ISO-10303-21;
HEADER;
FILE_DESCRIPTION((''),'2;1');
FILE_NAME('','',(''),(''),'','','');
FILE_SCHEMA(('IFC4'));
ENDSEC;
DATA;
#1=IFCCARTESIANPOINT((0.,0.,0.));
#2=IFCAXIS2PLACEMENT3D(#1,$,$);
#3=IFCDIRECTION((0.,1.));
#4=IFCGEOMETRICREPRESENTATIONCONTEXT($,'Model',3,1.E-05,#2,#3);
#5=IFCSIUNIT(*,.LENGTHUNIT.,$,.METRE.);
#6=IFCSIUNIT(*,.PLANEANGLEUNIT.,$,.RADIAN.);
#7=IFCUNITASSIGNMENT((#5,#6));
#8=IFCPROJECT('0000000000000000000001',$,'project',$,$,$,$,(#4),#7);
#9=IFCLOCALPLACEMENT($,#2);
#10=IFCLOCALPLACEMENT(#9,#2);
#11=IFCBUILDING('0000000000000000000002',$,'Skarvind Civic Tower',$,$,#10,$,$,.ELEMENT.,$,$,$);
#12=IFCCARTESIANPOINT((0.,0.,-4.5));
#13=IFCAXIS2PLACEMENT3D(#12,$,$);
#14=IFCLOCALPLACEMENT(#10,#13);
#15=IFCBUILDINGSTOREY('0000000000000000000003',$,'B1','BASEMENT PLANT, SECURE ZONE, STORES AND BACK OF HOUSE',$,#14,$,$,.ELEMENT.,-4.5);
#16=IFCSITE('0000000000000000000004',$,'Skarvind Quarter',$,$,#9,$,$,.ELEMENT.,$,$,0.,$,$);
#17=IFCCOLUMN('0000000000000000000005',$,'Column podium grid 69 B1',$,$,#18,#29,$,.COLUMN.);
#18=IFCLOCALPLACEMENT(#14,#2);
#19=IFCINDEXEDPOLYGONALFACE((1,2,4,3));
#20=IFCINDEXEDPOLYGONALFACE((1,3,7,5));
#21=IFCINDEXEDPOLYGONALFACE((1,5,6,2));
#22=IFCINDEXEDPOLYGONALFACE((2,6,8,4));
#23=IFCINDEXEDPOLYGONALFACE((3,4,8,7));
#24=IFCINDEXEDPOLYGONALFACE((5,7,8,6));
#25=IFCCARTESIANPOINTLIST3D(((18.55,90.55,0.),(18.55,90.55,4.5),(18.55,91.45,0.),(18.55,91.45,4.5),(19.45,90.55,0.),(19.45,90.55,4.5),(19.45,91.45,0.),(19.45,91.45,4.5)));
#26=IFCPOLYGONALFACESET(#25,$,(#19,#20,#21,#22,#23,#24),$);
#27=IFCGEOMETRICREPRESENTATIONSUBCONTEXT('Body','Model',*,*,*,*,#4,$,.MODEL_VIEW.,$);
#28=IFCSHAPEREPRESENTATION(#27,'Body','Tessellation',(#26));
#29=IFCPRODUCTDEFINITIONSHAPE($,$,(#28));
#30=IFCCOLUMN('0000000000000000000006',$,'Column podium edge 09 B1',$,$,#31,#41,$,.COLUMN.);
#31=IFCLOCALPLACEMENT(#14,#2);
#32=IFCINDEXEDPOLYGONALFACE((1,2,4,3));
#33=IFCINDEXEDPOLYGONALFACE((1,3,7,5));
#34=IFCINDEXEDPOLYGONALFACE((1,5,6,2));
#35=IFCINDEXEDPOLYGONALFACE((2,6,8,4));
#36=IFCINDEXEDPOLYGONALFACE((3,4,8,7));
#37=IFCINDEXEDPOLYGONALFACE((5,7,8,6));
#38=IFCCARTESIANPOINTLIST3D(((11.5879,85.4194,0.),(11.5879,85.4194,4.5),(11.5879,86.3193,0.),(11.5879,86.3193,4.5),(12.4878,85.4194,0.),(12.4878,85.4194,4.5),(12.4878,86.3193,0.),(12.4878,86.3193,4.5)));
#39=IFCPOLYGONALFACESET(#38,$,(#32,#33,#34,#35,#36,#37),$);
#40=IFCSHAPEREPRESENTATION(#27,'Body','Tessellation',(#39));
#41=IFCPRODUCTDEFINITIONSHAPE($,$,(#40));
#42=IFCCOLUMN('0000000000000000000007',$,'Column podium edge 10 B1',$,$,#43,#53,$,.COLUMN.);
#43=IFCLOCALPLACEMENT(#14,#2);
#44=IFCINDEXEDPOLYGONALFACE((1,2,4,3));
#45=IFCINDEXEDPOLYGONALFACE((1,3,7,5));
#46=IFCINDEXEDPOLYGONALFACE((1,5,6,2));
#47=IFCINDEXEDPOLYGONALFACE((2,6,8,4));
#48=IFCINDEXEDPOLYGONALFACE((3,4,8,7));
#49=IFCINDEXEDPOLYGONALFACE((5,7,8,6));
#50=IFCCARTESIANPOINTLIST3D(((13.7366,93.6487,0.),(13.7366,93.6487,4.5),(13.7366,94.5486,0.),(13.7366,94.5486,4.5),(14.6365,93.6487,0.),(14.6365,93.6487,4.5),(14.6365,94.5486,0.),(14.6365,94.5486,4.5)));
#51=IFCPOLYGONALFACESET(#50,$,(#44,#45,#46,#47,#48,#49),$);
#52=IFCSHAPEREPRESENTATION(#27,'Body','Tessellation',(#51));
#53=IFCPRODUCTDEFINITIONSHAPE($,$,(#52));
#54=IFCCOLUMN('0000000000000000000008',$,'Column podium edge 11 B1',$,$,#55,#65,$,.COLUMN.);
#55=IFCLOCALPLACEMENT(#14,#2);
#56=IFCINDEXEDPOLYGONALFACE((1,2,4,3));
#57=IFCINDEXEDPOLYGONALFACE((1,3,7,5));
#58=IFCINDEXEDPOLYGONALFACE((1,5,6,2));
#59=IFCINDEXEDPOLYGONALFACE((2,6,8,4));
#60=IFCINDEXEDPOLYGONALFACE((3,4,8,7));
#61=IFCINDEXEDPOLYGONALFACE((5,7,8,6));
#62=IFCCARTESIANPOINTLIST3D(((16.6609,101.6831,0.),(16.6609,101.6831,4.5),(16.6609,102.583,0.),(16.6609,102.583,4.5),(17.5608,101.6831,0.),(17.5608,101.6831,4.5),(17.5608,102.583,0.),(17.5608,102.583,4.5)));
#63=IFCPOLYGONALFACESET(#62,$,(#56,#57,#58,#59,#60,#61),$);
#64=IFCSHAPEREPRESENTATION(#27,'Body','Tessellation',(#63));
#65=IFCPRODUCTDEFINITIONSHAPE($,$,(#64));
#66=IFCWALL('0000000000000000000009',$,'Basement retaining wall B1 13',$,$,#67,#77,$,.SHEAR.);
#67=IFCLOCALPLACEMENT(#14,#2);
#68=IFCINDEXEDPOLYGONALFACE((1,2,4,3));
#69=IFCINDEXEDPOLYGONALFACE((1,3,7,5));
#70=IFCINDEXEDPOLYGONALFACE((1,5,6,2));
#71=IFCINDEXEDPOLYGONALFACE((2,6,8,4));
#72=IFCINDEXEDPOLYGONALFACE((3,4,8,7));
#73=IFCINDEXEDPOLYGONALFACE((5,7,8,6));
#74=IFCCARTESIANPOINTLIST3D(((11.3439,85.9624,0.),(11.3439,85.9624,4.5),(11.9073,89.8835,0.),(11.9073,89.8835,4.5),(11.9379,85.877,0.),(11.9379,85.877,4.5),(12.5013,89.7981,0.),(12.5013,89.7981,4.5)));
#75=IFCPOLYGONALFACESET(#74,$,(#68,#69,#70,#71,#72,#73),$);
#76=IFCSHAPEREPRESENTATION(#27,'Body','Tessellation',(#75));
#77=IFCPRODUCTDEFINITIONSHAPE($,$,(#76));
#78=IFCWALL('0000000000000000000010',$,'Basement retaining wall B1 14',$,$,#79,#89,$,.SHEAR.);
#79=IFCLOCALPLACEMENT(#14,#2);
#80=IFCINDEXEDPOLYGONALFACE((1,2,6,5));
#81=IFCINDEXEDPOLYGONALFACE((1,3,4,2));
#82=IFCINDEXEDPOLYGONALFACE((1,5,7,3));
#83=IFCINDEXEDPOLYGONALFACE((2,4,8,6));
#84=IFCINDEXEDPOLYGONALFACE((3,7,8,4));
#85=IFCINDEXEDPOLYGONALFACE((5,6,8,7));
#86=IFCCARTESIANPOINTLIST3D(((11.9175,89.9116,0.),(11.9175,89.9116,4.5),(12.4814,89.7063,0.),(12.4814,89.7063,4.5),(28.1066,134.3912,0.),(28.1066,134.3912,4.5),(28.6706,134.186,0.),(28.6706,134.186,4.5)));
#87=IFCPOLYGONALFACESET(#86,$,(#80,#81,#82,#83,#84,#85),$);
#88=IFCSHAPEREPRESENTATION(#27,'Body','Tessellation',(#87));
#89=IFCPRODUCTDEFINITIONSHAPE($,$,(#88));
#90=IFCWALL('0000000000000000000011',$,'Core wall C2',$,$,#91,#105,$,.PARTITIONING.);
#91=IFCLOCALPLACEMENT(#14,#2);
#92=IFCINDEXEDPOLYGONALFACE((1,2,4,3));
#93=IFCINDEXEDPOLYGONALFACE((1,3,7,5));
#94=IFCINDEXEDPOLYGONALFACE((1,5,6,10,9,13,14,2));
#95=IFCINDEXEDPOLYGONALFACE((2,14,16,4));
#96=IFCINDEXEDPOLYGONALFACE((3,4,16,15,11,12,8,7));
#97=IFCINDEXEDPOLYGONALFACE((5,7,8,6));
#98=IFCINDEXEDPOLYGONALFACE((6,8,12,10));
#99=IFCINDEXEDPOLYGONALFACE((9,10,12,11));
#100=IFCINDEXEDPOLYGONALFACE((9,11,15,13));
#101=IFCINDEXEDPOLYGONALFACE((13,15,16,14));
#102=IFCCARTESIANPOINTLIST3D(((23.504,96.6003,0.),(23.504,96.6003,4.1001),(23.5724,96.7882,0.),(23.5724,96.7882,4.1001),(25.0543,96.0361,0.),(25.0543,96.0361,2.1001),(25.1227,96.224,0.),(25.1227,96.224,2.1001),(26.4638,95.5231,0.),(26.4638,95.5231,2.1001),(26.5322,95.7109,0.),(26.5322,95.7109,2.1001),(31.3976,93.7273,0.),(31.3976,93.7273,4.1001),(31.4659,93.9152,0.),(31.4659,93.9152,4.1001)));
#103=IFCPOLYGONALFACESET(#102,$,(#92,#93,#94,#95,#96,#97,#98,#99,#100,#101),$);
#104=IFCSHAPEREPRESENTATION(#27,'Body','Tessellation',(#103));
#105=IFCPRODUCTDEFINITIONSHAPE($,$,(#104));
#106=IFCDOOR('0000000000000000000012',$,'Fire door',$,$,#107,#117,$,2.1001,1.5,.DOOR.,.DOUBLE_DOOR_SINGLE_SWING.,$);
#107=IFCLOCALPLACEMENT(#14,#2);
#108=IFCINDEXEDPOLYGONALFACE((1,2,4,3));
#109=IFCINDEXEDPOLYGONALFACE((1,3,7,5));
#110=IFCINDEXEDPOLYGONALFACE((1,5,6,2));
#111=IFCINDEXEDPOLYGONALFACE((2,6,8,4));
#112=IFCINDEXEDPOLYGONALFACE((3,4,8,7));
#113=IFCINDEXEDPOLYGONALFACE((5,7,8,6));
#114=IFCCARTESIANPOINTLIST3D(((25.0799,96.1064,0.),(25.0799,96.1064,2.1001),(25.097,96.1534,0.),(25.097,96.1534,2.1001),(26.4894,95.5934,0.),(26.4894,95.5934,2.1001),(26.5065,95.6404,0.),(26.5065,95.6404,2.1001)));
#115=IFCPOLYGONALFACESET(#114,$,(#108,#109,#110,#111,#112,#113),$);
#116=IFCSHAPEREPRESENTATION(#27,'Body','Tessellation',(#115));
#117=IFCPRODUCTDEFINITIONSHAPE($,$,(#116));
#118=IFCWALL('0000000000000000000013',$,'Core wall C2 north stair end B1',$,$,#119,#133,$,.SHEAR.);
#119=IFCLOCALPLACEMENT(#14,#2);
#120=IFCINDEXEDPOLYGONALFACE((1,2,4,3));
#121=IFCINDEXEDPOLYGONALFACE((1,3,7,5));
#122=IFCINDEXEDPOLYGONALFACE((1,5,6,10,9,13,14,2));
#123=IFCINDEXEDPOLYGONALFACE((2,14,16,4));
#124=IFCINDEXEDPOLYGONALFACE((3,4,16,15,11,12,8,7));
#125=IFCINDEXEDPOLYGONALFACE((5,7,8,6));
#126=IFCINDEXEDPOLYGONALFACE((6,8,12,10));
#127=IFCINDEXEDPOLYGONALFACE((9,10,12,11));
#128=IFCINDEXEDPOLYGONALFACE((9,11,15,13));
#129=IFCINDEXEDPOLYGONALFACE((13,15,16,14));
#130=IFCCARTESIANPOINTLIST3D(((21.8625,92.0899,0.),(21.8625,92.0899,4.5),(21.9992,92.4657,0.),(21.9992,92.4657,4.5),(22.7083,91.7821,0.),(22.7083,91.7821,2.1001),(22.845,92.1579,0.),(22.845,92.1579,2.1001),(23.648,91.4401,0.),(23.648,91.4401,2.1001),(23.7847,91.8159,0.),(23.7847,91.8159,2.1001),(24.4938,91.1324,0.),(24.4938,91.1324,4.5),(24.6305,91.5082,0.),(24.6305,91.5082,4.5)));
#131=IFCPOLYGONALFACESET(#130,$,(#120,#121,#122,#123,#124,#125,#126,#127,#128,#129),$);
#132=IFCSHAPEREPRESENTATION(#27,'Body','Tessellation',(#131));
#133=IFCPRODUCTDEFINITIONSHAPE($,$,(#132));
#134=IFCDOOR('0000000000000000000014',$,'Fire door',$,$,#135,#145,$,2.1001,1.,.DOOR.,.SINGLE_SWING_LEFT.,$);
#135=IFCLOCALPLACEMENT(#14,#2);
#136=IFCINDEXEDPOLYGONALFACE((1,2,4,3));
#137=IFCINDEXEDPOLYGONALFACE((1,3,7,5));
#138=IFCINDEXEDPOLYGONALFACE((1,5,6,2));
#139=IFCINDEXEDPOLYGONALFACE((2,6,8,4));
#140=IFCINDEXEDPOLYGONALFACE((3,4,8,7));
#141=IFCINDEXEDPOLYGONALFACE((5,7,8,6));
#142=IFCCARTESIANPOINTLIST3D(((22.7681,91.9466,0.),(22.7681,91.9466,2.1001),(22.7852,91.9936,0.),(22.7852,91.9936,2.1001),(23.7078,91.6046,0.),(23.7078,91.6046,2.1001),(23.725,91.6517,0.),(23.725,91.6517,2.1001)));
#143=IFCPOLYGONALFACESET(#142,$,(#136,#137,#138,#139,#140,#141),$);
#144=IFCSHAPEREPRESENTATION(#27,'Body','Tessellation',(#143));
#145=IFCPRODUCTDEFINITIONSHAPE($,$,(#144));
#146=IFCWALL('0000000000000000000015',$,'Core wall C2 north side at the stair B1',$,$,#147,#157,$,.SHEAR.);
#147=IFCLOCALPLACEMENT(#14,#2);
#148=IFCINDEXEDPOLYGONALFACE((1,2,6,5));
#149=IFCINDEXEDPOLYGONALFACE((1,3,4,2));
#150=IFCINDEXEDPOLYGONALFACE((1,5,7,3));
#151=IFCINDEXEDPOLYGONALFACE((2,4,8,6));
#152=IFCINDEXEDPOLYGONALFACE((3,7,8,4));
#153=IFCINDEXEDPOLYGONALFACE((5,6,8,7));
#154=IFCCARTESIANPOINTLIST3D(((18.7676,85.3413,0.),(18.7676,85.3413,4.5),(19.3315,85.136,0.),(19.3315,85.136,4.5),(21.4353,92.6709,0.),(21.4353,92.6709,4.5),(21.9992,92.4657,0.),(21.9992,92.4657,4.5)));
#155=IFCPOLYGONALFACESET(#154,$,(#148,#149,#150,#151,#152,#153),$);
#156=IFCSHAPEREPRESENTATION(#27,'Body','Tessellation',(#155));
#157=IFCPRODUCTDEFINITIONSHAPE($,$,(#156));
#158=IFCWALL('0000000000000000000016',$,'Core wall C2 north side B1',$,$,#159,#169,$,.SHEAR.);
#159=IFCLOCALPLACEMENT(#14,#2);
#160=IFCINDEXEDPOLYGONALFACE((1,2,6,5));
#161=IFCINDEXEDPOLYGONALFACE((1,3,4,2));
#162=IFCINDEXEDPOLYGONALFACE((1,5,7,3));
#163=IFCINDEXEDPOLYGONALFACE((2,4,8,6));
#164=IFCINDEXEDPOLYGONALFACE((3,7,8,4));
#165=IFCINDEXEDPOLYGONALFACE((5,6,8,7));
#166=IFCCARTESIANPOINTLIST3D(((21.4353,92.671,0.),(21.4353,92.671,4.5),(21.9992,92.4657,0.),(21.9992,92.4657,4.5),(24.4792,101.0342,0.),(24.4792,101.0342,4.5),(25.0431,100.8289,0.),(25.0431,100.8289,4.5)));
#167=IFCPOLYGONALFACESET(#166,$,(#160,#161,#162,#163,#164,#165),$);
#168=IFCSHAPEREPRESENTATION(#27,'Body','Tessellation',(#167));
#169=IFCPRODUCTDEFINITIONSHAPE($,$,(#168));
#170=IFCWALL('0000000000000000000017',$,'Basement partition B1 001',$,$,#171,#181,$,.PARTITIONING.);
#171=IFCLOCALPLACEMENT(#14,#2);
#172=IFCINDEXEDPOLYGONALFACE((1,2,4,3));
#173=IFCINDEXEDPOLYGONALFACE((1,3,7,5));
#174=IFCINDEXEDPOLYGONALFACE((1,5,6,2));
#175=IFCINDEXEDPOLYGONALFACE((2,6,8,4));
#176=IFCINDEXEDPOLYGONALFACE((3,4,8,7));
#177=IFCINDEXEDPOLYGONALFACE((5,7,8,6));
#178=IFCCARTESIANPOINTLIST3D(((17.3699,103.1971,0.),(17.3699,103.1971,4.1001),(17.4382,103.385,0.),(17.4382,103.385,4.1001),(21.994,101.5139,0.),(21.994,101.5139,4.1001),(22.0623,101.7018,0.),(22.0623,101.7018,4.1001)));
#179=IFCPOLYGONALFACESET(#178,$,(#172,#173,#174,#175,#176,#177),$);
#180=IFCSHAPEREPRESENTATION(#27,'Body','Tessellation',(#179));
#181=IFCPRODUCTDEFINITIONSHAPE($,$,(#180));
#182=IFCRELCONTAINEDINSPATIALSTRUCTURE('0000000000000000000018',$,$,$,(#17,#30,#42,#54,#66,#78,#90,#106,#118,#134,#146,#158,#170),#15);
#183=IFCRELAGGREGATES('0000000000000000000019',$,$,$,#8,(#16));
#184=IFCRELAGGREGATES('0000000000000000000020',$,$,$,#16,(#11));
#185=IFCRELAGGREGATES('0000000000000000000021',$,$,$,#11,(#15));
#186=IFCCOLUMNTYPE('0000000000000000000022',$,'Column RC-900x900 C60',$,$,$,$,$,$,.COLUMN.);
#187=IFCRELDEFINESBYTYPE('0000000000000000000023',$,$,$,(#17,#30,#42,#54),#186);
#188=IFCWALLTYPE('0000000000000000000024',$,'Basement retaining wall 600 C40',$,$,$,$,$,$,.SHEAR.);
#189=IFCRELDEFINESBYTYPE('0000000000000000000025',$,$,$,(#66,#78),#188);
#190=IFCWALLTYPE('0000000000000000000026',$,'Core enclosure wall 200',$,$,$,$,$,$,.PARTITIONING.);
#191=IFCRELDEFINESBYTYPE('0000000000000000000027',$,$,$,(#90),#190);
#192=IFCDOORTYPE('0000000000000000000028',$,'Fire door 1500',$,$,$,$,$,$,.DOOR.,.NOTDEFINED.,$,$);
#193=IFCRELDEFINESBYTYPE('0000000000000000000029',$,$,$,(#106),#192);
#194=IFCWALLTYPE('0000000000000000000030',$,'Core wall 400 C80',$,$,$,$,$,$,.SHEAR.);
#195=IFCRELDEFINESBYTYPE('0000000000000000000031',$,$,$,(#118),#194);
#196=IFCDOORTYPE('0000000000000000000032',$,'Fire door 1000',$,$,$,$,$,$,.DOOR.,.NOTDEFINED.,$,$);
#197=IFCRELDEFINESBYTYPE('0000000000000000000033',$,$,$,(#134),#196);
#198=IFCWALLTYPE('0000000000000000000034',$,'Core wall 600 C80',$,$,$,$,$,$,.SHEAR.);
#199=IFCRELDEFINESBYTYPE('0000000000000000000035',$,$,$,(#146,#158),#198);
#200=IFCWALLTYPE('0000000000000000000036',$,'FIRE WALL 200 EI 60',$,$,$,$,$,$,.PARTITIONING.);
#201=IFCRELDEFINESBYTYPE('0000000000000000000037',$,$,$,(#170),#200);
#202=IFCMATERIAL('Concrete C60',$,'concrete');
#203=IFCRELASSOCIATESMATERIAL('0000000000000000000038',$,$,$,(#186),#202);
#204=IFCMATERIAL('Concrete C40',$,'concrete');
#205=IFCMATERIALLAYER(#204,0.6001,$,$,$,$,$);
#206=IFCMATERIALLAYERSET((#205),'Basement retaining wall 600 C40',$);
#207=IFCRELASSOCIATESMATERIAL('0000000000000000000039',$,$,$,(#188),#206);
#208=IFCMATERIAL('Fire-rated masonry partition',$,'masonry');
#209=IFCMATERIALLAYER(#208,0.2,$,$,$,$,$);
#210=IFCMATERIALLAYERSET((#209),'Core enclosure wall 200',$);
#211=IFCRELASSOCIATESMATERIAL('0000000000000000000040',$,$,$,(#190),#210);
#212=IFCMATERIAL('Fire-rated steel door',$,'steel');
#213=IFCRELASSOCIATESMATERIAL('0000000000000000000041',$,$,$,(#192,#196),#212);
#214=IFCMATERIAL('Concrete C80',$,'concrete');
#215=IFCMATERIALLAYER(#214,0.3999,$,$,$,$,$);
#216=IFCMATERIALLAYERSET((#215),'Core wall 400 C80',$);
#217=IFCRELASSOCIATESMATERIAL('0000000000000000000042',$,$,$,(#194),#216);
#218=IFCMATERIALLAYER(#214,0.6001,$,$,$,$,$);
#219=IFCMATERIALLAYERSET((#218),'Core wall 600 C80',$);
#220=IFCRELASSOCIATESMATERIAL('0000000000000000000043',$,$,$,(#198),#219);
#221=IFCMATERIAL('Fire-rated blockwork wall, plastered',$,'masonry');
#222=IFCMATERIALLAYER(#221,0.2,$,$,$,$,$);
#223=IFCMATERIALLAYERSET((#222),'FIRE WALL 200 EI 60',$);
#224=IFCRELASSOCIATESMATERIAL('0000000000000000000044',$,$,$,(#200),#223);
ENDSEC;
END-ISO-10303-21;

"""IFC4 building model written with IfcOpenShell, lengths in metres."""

from ifc_helpers import new_model, si_unit, direction, frame, frame_2d, origin, origin_2d, place, context, subcontext, project, spatial, rectangle, extrude, material, layer, layer_set, material_profile, profile_set, type_object, element, fill, save


model = new_model("IFC4")

# Units and contexts
model_context = context("Model", 3, precision=1e-05, world=origin(), true_north=direction((0.0, 1.0)))
body_context = subcontext(model_context, "Body", "Model", "MODEL_VIEW")
ifc_project = project(units=[si_unit("LENGTHUNIT", "METRE"), si_unit("PLANEANGLEUNIT", "RADIAN")], contexts=[model_context])

# Site, building, storey
site_placement = place(None, origin())
site = spatial("IfcSite", under=ifc_project, at=site_placement, Name="Skarvind Quarter", CompositionType="ELEMENT", RefElevation=0.0)
building_placement = place(site_placement, origin())
building = spatial("IfcBuilding", under=site, at=building_placement, Name="Skarvind Civic Tower", CompositionType="ELEMENT")
storey_placement = place(building_placement, frame((0.0, 0.0, -4.5)))
storey = spatial("IfcBuildingStorey", under=building, at=storey_placement, Name="B1", Description="BASEMENT PLANT, SECURE ZONE, STORES AND BACK OF HOUSE", CompositionType="ELEMENT", Elevation=-4.5)

# Columns
ifc_material_1 = material(Name="Concrete C60", Category="concrete")
ifc_material_profile = material_profile(ifc_material_1, rectangle(XDim=0.8999, YDim=0.8999, at=origin_2d()), Name="RC-900x900")
ifc_profile_set = profile_set([ifc_material_profile], Name="Concrete C60")
column_type = type_object("IfcColumnType", Name="Column RC-900x900 C60", PredefinedType="COLUMN", material=ifc_profile_set)
for number, where, z_axis, x_axis, name in (
    (1, (19.0, 91.0, 0.0), (0.0, 0.0, 1.0), (1.0, 0.0, 0.0), "Column podium grid 69 B1"),
    (2, (12.0378, 85.8694, 0.0), (0.0, 0.0, 1.0), (1.0, 0.0, 0.0), "Column podium edge 09 B1"),
    (3, (14.1865, 94.0986, 0.0), (0.0, 0.0, 1.0), (1.0, 0.0, 0.0), "Column podium edge 10 B1"),
    (4, (17.1108, 102.1331, 0.0), (0.0, 0.0, 1.0), (1.0, 0.0, 0.0), "Column podium edge 11 B1"),
):
    element("IfcColumn", number, at=place(storey_placement, frame(where, z_axis=z_axis, x_axis=x_axis)), inside=storey, type_object=column_type, Name=name, PredefinedType="COLUMN", context=body_context, shape_type="SweptSolid", body=[
        extrude(rectangle(XDim=0.8999, YDim=0.8999, at=origin_2d()), origin(), (0.0, 0.0, 1.0), 4.5),
    ])

# Walls
ifc_material_2 = material(Name="Concrete C40", Category="concrete")
ifc_layer_1 = layer(ifc_material_2, 0.6001)
ifc_layer_set_1 = layer_set([ifc_layer_1], Name="Basement retaining wall 600 C40")
wall_type_1 = type_object("IfcWallType", Name="Basement retaining wall 600 C40", PredefinedType="SHEAR", material=ifc_layer_set_1)
wall_1_placement = place(storey_placement, frame((11.6409, 85.9197, 0.0), z_axis=(0.0, 0.0, 1.0), x_axis=(0.142241, 0.989832, 0.0)))
element("IfcWall", 5, at=wall_1_placement, inside=storey, type_object=wall_type_1, Name="Basement retaining wall B1 13", PredefinedType="SHEAR", context=body_context, shape_type="SweptSolid", body=[
    extrude(rectangle(XDim=3.9614, YDim=0.6001, at=frame_2d((1.9807, 0.0))), origin(), (0.0, 0.0, 1.0), 4.5),
])
wall_2_placement = place(storey_placement, frame((12.1995, 89.8091, 0.0), z_axis=(0.0, 0.0, 1.0), x_axis=(0.342018, 0.939693, 0.0)))
element("IfcWall", 6, at=wall_2_placement, inside=storey, type_object=wall_type_1, Name="Basement retaining wall B1 14", PredefinedType="SHEAR", context=body_context, shape_type="SweptSolid", body=[
    extrude(rectangle(XDim=47.3342, YDim=0.6001, at=frame_2d((23.667, 0.0))), origin(), (0.0, 0.0, 1.0), 4.5),
])

# Walls, openings, doors
ifc_material_3 = material(Name="Fire-rated masonry partition", Category="masonry")
ifc_layer_2 = layer(ifc_material_3, 0.2)
ifc_layer_set_2 = layer_set([ifc_layer_2], Name="Core enclosure wall 200")
wall_type_2 = type_object("IfcWallType", Name="Core enclosure wall 200", PredefinedType="PARTITIONING", material=ifc_layer_set_2)
wall_3_placement = place(storey_placement, frame((23.5381, 96.6943, 0.0), z_axis=(0.0, 0.0, 1.0), x_axis=(0.939692, -0.342023, 0.0)))
wall_3 = element("IfcWall", 7, at=wall_3_placement, inside=storey, type_object=wall_type_2, Name="Core wall C2", PredefinedType="PARTITIONING", context=body_context, shape_type="SweptSolid", body=[
    extrude(rectangle(XDim=8.4001, YDim=0.2, at=frame_2d((4.2002, 0.0))), origin(), (0.0, 0.0, 1.0), 4.1001),
])
opening_1_placement = place(wall_3_placement, frame((1.6499, 0.0, 0.0)))
opening_1 = element("IfcOpeningElement", 8, at=opening_1_placement, cuts=wall_3, PredefinedType="OPENING", context=body_context, shape_type="SweptSolid", body=[
    extrude(rectangle(XDim=1.5, YDim=2.1001, at=frame_2d((0.75, 1.05))), frame((0.0, 0.1099, 0.0), z_axis=(0.0, -1.0, 0.0), x_axis=(1.0, 0.0, 0.0)), (0.0, 0.0, 1.0), 0.22),
])
ifc_material_4 = material(Name="Fire-rated steel door", Category="steel")
door_type_1 = type_object("IfcDoorType", Name="Fire door 1500", OperationType="NOTDEFINED", PredefinedType="DOOR", material=ifc_material_4)
door_1_placement = place(opening_1_placement, origin())
door_1 = element("IfcDoor", 9, at=door_1_placement, inside=storey, type_object=door_type_1, Name="Fire door", OperationType="DOUBLE_DOOR_SINGLE_SWING", OverallHeight=2.1001, OverallWidth=1.5, PredefinedType="DOOR", context=body_context, shape_type="SweptSolid", body=[
    extrude(rectangle(XDim=1.5, YDim=2.1001, at=frame_2d((0.75, 1.05))), frame((0.0, 0.0249, 0.0), z_axis=(0.0, -1.0, 0.0), x_axis=(1.0, 0.0, 0.0)), (0.0, 0.0, 1.0), 0.05),
])
fill(opening_1, door_1)
ifc_material_5 = material(Name="Concrete C80", Category="concrete")
ifc_layer_3 = layer(ifc_material_5, 0.3999)
ifc_layer_set_3 = layer_set([ifc_layer_3], Name="Core wall 400 C80")
wall_type_3 = type_object("IfcWallType", Name="Core wall 400 C80", PredefinedType="SHEAR", material=ifc_layer_set_3)
wall_4_placement = place(storey_placement, frame((24.562, 91.3203, 0.0), z_axis=(0.0, 0.0, 1.0), x_axis=(-0.939717, 0.341953, 0.0)))
wall_4 = element("IfcWall", 10, at=wall_4_placement, inside=storey, type_object=wall_type_3, Name="Core wall C2 north stair end B1", PredefinedType="SHEAR", context=body_context, shape_type="SweptSolid", body=[
    extrude(rectangle(XDim=2.8, YDim=0.3999, at=frame_2d((1.3999, 0.0))), origin(), (0.0, 0.0, 1.0), 4.5),
])
opening_2_placement = place(wall_4_placement, frame((0.8999, 0.0, 0.0)))
opening_2 = element("IfcOpeningElement", 11, at=opening_2_placement, cuts=wall_4, PredefinedType="OPENING", context=body_context, shape_type="SweptSolid", body=[
    extrude(rectangle(XDim=1.0, YDim=2.1001, at=frame_2d((0.5, 1.05))), frame((0.0, 0.21, 0.0), z_axis=(0.0, -1.0, 0.0), x_axis=(1.0, 0.0, 0.0)), (0.0, 0.0, 1.0), 0.4199),
])
door_type_2 = type_object("IfcDoorType", Name="Fire door 1000", OperationType="NOTDEFINED", PredefinedType="DOOR", material=ifc_material_4)
door_2_placement = place(opening_2_placement, origin())
door_2 = element("IfcDoor", 12, at=door_2_placement, inside=storey, type_object=door_type_2, Name="Fire door", OperationType="SINGLE_SWING_LEFT", OverallHeight=2.1001, OverallWidth=1.0, PredefinedType="DOOR", context=body_context, shape_type="SweptSolid", body=[
    extrude(rectangle(XDim=1.0, YDim=2.1001, at=frame_2d((0.5, 1.05))), frame((0.0, 0.0249, 0.0), z_axis=(0.0, -1.0, 0.0), x_axis=(1.0, 0.0, 0.0)), (0.0, 0.0, 1.0), 0.05),
])
fill(opening_2, door_2)

# Walls
ifc_layer_4 = layer(ifc_material_5, 0.6001)
ifc_layer_set_4 = layer_set([ifc_layer_4], Name="Core wall 600 C80")
wall_type_4 = type_object("IfcWallType", Name="Core wall 600 C80", PredefinedType="SHEAR", material=ifc_layer_set_4)
wall_5_placement = place(storey_placement, frame((19.0496, 85.2388, 0.0), z_axis=(0.0, 0.0, 1.0), x_axis=(0.342017, 0.939694, 0.0)))
element("IfcWall", 13, at=wall_5_placement, inside=storey, type_object=wall_type_4, Name="Core wall C2 north side at the stair B1", PredefinedType="SHEAR", context=body_context, shape_type="SweptSolid", body=[
    extrude(rectangle(XDim=7.8, YDim=0.6001, at=frame_2d((3.8999, 0.0))), origin(), (0.0, 0.0, 1.0), 4.5),
])
wall_6_placement = place(storey_placement, frame((21.7173, 92.5684, 0.0), z_axis=(0.0, 0.0, 1.0), x_axis=(0.342016, 0.939694, 0.0)))
element("IfcWall", 14, at=wall_6_placement, inside=storey, type_object=wall_type_4, Name="Core wall C2 north side B1", PredefinedType="SHEAR", context=body_context, shape_type="SweptSolid", body=[
    extrude(rectangle(XDim=8.8999, YDim=0.6001, at=frame_2d((4.45, 0.0))), origin(), (0.0, 0.0, 1.0), 4.5),
])
ifc_material_6 = material(Name="Fire-rated blockwork wall, plastered", Category="masonry")
ifc_layer_5 = layer(ifc_material_6, 0.2)
ifc_layer_set_5 = layer_set([ifc_layer_5], Name="FIRE WALL 200 EI 60")
wall_type_5 = type_object("IfcWallType", Name="FIRE WALL 200 EI 60", PredefinedType="PARTITIONING", material=ifc_layer_set_5)
wall_7_placement = place(storey_placement, frame((17.4041, 103.291, 0.0), z_axis=(0.0, 0.0, 1.0), x_axis=(0.939686, -0.342038, 0.0)))
element("IfcWall", 15, at=wall_7_placement, inside=storey, type_object=wall_type_5, Name="Basement partition B1 001", PredefinedType="PARTITIONING", context=body_context, shape_type="SweptSolid", body=[
    extrude(rectangle(XDim=4.9209, YDim=0.2, at=frame_2d((2.4604, 0.0))), origin(), (0.0, 0.0, 1.0), 4.1001),
])

save(model, "model.ifc")
